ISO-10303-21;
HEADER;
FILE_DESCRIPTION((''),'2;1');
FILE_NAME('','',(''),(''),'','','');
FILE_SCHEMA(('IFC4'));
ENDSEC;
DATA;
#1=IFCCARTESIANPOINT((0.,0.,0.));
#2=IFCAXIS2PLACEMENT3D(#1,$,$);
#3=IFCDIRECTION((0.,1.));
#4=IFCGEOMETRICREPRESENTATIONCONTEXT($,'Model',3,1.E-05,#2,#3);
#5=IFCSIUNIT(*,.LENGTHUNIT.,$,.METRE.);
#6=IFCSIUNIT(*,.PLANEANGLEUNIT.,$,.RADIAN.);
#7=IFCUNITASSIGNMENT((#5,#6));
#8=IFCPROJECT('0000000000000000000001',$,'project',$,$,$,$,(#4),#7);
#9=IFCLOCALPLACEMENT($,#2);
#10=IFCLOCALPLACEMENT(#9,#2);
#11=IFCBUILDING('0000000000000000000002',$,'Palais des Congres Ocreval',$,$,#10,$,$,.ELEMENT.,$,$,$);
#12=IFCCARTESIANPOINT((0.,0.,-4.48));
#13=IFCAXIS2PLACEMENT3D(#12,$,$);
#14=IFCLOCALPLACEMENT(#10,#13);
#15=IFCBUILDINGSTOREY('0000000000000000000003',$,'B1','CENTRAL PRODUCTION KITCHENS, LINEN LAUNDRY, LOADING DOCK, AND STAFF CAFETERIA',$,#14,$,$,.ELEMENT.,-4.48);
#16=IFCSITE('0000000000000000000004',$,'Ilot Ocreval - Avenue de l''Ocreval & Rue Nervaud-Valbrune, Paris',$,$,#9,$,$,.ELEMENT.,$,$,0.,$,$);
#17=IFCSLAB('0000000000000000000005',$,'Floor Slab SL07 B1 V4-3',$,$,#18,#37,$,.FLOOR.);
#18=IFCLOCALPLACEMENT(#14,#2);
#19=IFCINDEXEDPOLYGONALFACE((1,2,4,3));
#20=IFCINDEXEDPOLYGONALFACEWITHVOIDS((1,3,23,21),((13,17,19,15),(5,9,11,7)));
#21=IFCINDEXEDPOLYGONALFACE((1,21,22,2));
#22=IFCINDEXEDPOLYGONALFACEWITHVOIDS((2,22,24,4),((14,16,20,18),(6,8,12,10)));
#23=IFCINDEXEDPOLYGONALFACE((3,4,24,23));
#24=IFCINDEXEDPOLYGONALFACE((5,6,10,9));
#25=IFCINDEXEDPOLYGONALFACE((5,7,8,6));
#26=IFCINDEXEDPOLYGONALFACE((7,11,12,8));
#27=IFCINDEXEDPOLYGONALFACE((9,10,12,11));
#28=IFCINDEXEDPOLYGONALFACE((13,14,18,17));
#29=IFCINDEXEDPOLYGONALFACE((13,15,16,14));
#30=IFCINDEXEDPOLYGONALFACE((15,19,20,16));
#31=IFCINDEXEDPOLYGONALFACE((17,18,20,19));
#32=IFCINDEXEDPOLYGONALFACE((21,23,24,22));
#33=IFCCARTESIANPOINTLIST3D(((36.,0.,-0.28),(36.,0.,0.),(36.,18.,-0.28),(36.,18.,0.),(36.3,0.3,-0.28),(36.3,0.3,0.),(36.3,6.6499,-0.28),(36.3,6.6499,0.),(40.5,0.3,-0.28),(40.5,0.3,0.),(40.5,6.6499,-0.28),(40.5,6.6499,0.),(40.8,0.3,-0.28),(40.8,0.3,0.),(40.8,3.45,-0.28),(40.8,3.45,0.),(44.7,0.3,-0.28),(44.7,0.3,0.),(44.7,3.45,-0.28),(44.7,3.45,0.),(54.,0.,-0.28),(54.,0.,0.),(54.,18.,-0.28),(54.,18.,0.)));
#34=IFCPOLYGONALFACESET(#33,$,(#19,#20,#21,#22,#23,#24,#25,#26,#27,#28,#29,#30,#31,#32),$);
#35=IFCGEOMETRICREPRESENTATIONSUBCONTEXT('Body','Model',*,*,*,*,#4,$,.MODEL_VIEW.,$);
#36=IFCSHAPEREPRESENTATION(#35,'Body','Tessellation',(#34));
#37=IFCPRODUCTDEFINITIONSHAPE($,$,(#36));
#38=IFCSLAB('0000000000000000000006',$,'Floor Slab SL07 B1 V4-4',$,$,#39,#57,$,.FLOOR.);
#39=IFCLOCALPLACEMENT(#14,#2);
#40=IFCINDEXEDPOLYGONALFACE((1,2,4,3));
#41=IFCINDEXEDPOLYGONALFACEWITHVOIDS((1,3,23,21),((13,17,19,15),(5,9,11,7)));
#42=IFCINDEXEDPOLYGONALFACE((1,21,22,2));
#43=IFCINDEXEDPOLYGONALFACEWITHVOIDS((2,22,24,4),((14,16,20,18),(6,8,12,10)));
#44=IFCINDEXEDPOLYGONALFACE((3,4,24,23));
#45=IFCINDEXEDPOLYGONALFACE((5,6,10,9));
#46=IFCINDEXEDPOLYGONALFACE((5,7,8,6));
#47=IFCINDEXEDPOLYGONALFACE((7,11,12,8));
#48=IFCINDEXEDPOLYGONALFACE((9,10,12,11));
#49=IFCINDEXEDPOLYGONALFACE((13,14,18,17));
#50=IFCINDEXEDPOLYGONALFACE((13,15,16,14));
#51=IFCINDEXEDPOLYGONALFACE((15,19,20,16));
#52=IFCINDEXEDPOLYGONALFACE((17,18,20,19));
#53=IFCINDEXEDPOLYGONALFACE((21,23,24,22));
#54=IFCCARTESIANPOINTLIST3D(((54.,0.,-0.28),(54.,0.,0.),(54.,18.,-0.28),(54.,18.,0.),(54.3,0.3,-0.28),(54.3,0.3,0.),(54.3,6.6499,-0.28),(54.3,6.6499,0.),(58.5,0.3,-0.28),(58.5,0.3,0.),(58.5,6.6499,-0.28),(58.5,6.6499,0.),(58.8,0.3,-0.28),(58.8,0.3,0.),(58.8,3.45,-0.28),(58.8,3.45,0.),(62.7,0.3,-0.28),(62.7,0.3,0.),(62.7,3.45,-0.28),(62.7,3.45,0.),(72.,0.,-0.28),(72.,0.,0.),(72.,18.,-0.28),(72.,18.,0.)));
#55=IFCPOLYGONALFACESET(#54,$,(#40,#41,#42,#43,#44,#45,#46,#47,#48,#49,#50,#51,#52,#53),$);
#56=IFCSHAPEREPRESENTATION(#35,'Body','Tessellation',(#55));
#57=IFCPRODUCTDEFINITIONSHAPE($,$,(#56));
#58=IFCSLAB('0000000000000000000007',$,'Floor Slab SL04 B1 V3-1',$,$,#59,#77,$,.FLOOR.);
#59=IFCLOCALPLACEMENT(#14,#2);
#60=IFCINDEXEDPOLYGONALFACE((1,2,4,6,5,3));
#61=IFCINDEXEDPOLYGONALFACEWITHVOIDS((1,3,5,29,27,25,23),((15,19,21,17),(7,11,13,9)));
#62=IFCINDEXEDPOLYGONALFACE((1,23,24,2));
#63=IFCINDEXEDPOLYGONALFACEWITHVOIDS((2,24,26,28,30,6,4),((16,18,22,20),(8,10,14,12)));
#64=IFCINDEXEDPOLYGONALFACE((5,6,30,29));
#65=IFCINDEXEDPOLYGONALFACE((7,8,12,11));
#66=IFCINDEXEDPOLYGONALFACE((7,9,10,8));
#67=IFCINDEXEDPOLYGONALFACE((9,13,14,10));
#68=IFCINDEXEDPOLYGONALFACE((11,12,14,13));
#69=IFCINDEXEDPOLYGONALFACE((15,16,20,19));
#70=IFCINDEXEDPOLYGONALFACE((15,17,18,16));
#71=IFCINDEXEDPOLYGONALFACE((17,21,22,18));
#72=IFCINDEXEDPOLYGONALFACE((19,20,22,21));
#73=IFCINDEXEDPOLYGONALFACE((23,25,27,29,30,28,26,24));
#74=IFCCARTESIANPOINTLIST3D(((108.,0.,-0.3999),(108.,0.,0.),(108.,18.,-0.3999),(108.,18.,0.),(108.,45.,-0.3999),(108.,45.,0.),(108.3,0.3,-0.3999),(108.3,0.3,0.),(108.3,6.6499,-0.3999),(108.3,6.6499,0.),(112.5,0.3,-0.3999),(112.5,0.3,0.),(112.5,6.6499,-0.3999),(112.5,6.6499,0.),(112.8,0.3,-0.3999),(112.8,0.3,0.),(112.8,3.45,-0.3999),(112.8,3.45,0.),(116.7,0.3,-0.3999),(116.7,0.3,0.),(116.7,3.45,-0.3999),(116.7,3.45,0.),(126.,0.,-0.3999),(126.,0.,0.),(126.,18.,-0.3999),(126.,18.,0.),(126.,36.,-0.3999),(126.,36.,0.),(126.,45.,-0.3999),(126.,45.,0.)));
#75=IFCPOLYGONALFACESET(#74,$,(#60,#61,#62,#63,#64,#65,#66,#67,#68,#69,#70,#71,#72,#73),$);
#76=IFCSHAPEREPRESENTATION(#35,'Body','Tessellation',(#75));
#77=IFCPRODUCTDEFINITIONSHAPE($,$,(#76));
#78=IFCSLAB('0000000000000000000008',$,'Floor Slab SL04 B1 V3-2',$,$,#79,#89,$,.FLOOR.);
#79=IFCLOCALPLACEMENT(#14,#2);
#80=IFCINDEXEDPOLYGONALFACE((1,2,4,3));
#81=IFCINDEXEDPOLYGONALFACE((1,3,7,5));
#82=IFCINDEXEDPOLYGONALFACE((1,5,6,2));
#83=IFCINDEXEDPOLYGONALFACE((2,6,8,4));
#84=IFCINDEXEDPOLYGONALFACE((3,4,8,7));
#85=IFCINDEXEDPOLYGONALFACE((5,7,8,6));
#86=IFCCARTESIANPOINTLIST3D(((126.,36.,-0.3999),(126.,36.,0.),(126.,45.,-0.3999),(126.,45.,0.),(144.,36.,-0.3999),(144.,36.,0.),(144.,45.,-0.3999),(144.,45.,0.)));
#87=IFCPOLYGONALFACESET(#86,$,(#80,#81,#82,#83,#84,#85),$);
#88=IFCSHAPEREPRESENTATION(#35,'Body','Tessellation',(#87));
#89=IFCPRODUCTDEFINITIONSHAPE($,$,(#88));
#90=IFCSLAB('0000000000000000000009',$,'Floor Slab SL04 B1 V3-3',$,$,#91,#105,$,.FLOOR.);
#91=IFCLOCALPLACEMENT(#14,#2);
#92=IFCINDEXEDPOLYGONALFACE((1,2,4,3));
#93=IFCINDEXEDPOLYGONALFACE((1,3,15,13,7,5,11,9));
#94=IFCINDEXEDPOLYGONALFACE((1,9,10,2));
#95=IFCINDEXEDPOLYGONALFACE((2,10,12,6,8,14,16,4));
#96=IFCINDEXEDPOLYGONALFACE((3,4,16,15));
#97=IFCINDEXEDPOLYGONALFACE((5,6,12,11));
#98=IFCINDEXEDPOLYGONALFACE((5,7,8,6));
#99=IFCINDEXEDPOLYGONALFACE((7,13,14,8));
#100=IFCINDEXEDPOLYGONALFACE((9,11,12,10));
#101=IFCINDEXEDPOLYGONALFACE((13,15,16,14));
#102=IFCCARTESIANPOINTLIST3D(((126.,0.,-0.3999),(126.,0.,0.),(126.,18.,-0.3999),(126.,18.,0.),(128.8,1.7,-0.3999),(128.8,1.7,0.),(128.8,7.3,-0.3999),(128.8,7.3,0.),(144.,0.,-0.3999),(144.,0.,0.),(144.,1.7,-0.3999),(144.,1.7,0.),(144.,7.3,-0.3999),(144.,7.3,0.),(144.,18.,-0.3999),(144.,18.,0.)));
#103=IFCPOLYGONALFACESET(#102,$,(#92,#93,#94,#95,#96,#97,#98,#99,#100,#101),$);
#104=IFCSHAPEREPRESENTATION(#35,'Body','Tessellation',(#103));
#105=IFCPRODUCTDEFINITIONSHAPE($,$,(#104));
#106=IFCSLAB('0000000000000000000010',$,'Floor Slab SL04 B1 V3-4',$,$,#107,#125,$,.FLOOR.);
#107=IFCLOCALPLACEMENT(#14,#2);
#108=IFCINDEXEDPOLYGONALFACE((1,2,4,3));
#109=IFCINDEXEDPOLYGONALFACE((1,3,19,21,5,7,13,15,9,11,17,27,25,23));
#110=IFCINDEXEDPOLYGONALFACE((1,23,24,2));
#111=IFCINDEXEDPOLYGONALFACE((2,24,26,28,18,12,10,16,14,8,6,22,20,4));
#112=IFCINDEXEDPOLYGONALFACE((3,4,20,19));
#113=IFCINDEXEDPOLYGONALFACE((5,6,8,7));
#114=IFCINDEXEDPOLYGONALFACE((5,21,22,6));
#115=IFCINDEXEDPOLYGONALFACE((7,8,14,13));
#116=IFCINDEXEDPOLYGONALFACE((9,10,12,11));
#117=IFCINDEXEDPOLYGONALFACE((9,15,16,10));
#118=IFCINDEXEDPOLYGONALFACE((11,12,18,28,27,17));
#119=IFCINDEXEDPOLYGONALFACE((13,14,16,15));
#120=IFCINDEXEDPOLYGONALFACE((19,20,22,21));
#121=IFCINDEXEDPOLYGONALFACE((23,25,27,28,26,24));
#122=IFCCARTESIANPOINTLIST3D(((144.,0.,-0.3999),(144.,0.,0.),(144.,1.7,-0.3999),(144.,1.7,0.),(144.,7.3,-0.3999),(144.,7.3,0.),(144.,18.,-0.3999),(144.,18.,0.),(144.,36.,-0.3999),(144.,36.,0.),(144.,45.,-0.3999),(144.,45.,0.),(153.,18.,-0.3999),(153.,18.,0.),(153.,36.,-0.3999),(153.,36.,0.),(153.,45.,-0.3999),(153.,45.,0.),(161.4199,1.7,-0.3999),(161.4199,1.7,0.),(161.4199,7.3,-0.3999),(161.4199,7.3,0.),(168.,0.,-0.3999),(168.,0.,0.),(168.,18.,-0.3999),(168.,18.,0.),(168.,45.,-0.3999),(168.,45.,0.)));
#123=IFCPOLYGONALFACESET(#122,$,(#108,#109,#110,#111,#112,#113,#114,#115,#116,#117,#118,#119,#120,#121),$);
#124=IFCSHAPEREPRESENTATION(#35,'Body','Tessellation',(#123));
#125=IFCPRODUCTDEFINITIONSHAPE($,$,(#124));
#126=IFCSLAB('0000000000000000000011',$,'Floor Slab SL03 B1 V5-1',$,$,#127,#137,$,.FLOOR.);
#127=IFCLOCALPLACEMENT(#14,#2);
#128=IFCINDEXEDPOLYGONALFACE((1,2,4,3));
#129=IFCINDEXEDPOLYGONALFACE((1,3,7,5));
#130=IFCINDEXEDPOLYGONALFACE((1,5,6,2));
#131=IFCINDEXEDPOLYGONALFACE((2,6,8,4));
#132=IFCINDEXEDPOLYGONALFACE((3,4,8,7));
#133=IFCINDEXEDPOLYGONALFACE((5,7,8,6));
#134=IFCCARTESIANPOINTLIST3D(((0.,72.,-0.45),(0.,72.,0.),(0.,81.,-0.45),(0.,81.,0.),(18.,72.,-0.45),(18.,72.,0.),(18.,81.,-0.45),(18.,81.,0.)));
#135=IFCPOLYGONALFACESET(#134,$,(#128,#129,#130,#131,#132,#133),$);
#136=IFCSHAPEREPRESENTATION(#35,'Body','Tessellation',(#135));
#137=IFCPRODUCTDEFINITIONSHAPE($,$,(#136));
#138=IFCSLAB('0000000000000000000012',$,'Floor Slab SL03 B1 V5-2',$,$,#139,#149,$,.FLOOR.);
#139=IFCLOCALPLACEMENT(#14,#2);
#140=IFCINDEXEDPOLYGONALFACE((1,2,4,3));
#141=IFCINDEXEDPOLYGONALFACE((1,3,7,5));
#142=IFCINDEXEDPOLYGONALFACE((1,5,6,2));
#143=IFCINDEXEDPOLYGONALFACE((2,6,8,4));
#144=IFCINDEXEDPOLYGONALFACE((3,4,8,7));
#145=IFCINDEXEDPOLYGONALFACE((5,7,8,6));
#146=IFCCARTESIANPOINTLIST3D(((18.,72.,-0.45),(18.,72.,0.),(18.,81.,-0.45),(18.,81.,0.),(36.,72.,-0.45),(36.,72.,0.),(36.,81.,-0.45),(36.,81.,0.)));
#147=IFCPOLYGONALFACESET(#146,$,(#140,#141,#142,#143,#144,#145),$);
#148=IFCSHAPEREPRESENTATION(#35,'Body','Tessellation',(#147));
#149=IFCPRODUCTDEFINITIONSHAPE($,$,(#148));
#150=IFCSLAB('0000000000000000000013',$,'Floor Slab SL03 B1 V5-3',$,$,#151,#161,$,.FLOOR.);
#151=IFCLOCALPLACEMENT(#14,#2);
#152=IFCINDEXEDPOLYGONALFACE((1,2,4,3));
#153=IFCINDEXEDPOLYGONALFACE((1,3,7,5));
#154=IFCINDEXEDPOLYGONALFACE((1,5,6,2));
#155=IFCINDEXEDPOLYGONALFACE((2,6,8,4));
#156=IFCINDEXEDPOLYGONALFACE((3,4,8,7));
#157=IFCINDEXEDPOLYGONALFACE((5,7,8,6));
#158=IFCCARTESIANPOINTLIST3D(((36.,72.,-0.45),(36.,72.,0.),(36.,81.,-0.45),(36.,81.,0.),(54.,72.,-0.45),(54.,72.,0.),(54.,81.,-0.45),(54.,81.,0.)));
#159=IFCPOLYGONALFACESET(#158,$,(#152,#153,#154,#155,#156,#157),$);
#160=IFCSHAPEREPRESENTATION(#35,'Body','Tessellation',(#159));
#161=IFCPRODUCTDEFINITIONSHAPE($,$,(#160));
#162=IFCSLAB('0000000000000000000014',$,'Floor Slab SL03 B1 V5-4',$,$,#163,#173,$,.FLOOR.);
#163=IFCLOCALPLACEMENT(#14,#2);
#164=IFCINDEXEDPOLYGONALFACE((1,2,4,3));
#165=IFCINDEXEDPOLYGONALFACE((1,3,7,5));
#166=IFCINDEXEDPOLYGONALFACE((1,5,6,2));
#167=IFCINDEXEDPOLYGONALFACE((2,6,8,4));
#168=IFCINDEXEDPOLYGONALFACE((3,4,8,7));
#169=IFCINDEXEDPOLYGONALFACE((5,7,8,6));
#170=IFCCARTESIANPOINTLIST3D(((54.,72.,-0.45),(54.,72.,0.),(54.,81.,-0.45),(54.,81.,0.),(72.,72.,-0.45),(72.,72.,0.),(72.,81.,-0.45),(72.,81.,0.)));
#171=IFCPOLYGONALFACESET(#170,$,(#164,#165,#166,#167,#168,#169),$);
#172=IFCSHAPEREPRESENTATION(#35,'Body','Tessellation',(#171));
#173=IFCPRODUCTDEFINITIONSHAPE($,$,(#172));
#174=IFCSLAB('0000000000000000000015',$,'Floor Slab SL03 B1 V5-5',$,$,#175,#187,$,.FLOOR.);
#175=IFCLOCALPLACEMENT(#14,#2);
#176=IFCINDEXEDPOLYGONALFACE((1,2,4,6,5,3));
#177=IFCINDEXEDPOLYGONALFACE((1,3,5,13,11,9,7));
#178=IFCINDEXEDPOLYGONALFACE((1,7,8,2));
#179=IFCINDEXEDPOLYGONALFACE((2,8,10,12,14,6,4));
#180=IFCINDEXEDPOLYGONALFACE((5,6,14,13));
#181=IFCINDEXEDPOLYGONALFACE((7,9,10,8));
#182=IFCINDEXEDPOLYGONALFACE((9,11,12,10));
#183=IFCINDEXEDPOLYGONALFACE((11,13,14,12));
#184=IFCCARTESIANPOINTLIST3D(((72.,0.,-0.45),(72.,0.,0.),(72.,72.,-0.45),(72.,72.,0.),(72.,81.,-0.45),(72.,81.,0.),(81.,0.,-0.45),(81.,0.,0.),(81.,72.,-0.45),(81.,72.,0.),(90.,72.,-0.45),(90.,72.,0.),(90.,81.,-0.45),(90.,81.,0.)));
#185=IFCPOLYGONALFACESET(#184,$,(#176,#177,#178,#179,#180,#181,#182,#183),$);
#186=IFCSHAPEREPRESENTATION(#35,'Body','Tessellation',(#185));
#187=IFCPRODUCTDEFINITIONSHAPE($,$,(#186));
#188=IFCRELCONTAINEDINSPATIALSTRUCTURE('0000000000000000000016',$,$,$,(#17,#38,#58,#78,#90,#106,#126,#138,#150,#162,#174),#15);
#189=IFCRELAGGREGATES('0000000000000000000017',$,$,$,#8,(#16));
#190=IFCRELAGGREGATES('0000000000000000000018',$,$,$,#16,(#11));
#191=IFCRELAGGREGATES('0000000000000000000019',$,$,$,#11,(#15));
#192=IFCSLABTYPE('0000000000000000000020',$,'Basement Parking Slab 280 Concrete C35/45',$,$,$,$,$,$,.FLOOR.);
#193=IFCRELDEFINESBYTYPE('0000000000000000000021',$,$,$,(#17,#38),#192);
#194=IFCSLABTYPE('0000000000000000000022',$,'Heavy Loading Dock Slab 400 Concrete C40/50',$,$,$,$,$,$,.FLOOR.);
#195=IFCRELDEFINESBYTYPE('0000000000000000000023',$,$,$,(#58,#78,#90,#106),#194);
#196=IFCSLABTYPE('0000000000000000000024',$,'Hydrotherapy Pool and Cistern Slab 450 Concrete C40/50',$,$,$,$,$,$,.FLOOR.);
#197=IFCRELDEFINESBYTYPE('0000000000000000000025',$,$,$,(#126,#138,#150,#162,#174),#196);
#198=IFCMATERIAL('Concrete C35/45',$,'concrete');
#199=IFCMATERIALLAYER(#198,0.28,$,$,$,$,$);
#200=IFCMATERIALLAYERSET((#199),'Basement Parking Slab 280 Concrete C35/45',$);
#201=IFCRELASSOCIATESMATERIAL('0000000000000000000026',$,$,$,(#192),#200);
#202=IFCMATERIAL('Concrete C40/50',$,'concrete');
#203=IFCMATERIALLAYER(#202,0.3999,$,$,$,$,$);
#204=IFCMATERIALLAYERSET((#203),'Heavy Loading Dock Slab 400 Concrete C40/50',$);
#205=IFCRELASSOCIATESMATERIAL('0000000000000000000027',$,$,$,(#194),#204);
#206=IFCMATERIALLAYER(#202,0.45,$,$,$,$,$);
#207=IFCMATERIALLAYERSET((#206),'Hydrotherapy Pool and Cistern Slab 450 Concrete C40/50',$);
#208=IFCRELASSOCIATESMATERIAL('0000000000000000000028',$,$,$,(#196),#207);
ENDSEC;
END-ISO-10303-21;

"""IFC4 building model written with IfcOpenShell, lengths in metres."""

from ifc_helpers import new_model, si_unit, direction, frame, origin, place, context, subcontext, project, spatial, polyline, outline, extrude, material, layer, layer_set, type_object, element, save


model = new_model("IFC4")

# Units and contexts
model_context = context("Model", 3, precision=1e-05, world=origin(), true_north=direction((0.0, 1.0)))
body_context = subcontext(model_context, "Body", "Model", "MODEL_VIEW")
ifc_project = project(units=[si_unit("LENGTHUNIT", "METRE"), si_unit("PLANEANGLEUNIT", "RADIAN")], contexts=[model_context])

# Site, building, storey
site_placement = place(None, origin())
site = spatial("IfcSite", under=ifc_project, at=site_placement, Name="Ilot Ocreval - Avenue de l'Ocreval & Rue Nervaud-Valbrune, Paris", CompositionType="ELEMENT", RefElevation=0.0)
building_placement = place(site_placement, origin())
building = spatial("IfcBuilding", under=site, at=building_placement, Name="Palais des Congres Ocreval", CompositionType="ELEMENT")
storey_placement = place(building_placement, frame((0.0, 0.0, -4.48)))
storey = spatial("IfcBuildingStorey", under=building, at=storey_placement, Name="B1", Description="CENTRAL PRODUCTION KITCHENS, LINEN LAUNDRY, LOADING DOCK, AND STAFF CAFETERIA", CompositionType="ELEMENT", Elevation=-4.48)

# Shared definitions
ifc_material_1 = material(Name="Concrete C40/50", Category="concrete")

# Slabs
ifc_material_2 = material(Name="Concrete C35/45", Category="concrete")
ifc_layer_1 = layer(ifc_material_2, 0.28)
ifc_layer_set_1 = layer_set([ifc_layer_1], Name="Basement Parking Slab 280 Concrete C35/45")
slab_type_1 = type_object("IfcSlabType", Name="Basement Parking Slab 280 Concrete C35/45", PredefinedType="FLOOR", material=ifc_layer_set_1)
slab_1_placement = place(storey_placement, frame((0.0, 0.0, -0.28)))
element("IfcSlab", 1, at=slab_1_placement, inside=storey, type_object=slab_type_1, Name="Floor Slab SL07 B1 V4-3", PredefinedType="FLOOR", context=body_context, shape_type="SweptSolid", body=[
    extrude(outline(polyline([(36.0, 0.0), (36.0, 18.0), (54.0, 18.0), (54.0, 0.0), (36.0, 0.0)]), holes=[polyline([(40.8, 3.45), (40.8, 0.3), (44.7, 0.3), (44.7, 3.45), (40.8, 3.45)]), polyline([(40.5, 6.6499), (36.3, 6.6499), (36.3, 0.3), (40.5, 0.3), (40.5, 6.6499)])]), origin(), (0.0, 0.0, 1.0), 0.28),
])
slab_2_placement = place(storey_placement, frame((0.0, 0.0, -0.28)))
element("IfcSlab", 2, at=slab_2_placement, inside=storey, type_object=slab_type_1, Name="Floor Slab SL07 B1 V4-4", PredefinedType="FLOOR", context=body_context, shape_type="SweptSolid", body=[
    extrude(outline(polyline([(54.0, 0.0), (54.0, 18.0), (72.0, 18.0), (72.0, 0.0), (54.0, 0.0)]), holes=[polyline([(58.5, 6.6499), (54.3, 6.6499), (54.3, 0.3), (58.5, 0.3), (58.5, 6.6499)]), polyline([(58.8, 3.45), (58.8, 0.3), (62.7, 0.3), (62.7, 3.45), (58.8, 3.45)])]), origin(), (0.0, 0.0, 1.0), 0.28),
])
ifc_layer_2 = layer(ifc_material_1, 0.3999)
ifc_layer_set_2 = layer_set([ifc_layer_2], Name="Heavy Loading Dock Slab 400 Concrete C40/50")
slab_type_2 = type_object("IfcSlabType", Name="Heavy Loading Dock Slab 400 Concrete C40/50", PredefinedType="FLOOR", material=ifc_layer_set_2)
slab_3_placement = place(storey_placement, frame((0.0, 0.0, -0.3999)))
element("IfcSlab", 3, at=slab_3_placement, inside=storey, type_object=slab_type_2, Name="Floor Slab SL04 B1 V3-1", PredefinedType="FLOOR", context=body_context, shape_type="SweptSolid", body=[
    extrude(outline(polyline([(108.0, 18.0), (108.0, 45.0), (126.0, 45.0), (126.0, 36.0), (126.0, 18.0), (126.0, 0.0), (108.0, 0.0), (108.0, 18.0)]), holes=[polyline([(112.8, 3.45), (112.8, 0.3), (116.7, 0.3), (116.7, 3.45), (112.8, 3.45)]), polyline([(112.5, 6.6499), (108.3, 6.6499), (108.3, 0.3), (112.5, 0.3), (112.5, 6.6499)])]), origin(), (0.0, 0.0, 1.0), 0.3999),
])
slab_4_placement = place(storey_placement, frame((0.0, 0.0, -0.3999)))
element("IfcSlab", 4, at=slab_4_placement, inside=storey, type_object=slab_type_2, Name="Floor Slab SL04 B1 V3-2", PredefinedType="FLOOR", context=body_context, shape_type="SweptSolid", body=[
    extrude(outline(polyline([(144.0, 45.0), (144.0, 36.0), (126.0, 36.0), (126.0, 45.0), (144.0, 45.0)])), origin(), (0.0, 0.0, 1.0), 0.3999),
])
slab_5_placement = place(storey_placement, frame((0.0, 0.0, -0.3999)))
element("IfcSlab", 5, at=slab_5_placement, inside=storey, type_object=slab_type_2, Name="Floor Slab SL04 B1 V3-3", PredefinedType="FLOOR", context=body_context, shape_type="SweptSolid", body=[
    extrude(outline(polyline([(126.0, 0.0), (126.0, 18.0), (144.0, 18.0), (144.0, 7.3), (128.8, 7.3), (128.8, 1.7), (144.0, 1.7), (144.0, 0.0), (126.0, 0.0)])), origin(), (0.0, 0.0, 1.0), 0.3999),
])
slab_6_placement = place(storey_placement, frame((0.0, 0.0, -0.3999)))
element("IfcSlab", 6, at=slab_6_placement, inside=storey, type_object=slab_type_2, Name="Floor Slab SL04 B1 V3-4", PredefinedType="FLOOR", context=body_context, shape_type="SweptSolid", body=[
    extrude(outline(polyline([(153.0, 45.0), (168.0, 45.0), (168.0, 18.0), (168.0, 0.0), (144.0, 0.0), (144.0, 1.7), (161.4199, 1.7), (161.4199, 7.3), (144.0, 7.3), (144.0, 18.0), (153.0, 18.0), (153.0, 36.0), (144.0, 36.0), (144.0, 45.0), (153.0, 45.0)])), origin(), (0.0, 0.0, 1.0), 0.3999),
])
ifc_layer_3 = layer(ifc_material_1, 0.45)
ifc_layer_set_3 = layer_set([ifc_layer_3], Name="Hydrotherapy Pool and Cistern Slab 450 Concrete C40/50")
slab_type_3 = type_object("IfcSlabType", Name="Hydrotherapy Pool and Cistern Slab 450 Concrete C40/50", PredefinedType="FLOOR", material=ifc_layer_set_3)
slab_7_placement = place(storey_placement, frame((0.0, 0.0, -0.45)))
element("IfcSlab", 7, at=slab_7_placement, inside=storey, type_object=slab_type_3, Name="Floor Slab SL03 B1 V5-1", PredefinedType="FLOOR", context=body_context, shape_type="SweptSolid", body=[
    extrude(outline(polyline([(0.0, 81.0), (18.0, 81.0), (18.0, 72.0), (0.0, 72.0), (0.0, 81.0)])), origin(), (0.0, 0.0, 1.0), 0.45),
])
slab_8_placement = place(storey_placement, frame((0.0, 0.0, -0.45)))
element("IfcSlab", 8, at=slab_8_placement, inside=storey, type_object=slab_type_3, Name="Floor Slab SL03 B1 V5-2", PredefinedType="FLOOR", context=body_context, shape_type="SweptSolid", body=[
    extrude(outline(polyline([(36.0, 81.0), (36.0, 72.0), (18.0, 72.0), (18.0, 81.0), (36.0, 81.0)])), origin(), (0.0, 0.0, 1.0), 0.45),
])
slab_9_placement = place(storey_placement, frame((0.0, 0.0, -0.45)))
element("IfcSlab", 9, at=slab_9_placement, inside=storey, type_object=slab_type_3, Name="Floor Slab SL03 B1 V5-3", PredefinedType="FLOOR", context=body_context, shape_type="SweptSolid", body=[
    extrude(outline(polyline([(54.0, 81.0), (54.0, 72.0), (36.0, 72.0), (36.0, 81.0), (54.0, 81.0)])), origin(), (0.0, 0.0, 1.0), 0.45),
])
slab_10_placement = place(storey_placement, frame((0.0, 0.0, -0.45)))
element("IfcSlab", 10, at=slab_10_placement, inside=storey, type_object=slab_type_3, Name="Floor Slab SL03 B1 V5-4", PredefinedType="FLOOR", context=body_context, shape_type="SweptSolid", body=[
    extrude(outline(polyline([(72.0, 81.0), (72.0, 72.0), (54.0, 72.0), (54.0, 81.0), (72.0, 81.0)])), origin(), (0.0, 0.0, 1.0), 0.45),
])
slab_11_placement = place(storey_placement, frame((0.0, 0.0, -0.45)))
element("IfcSlab", 11, at=slab_11_placement, inside=storey, type_object=slab_type_3, Name="Floor Slab SL03 B1 V5-5", PredefinedType="FLOOR", context=body_context, shape_type="SweptSolid", body=[
    extrude(outline(polyline([(90.0, 81.0), (90.0, 72.0), (81.0, 72.0), (81.0, 0.0), (72.0, 0.0), (72.0, 72.0), (72.0, 81.0), (90.0, 81.0)])), origin(), (0.0, 0.0, 1.0), 0.45),
])

save(model, "model.ifc")
